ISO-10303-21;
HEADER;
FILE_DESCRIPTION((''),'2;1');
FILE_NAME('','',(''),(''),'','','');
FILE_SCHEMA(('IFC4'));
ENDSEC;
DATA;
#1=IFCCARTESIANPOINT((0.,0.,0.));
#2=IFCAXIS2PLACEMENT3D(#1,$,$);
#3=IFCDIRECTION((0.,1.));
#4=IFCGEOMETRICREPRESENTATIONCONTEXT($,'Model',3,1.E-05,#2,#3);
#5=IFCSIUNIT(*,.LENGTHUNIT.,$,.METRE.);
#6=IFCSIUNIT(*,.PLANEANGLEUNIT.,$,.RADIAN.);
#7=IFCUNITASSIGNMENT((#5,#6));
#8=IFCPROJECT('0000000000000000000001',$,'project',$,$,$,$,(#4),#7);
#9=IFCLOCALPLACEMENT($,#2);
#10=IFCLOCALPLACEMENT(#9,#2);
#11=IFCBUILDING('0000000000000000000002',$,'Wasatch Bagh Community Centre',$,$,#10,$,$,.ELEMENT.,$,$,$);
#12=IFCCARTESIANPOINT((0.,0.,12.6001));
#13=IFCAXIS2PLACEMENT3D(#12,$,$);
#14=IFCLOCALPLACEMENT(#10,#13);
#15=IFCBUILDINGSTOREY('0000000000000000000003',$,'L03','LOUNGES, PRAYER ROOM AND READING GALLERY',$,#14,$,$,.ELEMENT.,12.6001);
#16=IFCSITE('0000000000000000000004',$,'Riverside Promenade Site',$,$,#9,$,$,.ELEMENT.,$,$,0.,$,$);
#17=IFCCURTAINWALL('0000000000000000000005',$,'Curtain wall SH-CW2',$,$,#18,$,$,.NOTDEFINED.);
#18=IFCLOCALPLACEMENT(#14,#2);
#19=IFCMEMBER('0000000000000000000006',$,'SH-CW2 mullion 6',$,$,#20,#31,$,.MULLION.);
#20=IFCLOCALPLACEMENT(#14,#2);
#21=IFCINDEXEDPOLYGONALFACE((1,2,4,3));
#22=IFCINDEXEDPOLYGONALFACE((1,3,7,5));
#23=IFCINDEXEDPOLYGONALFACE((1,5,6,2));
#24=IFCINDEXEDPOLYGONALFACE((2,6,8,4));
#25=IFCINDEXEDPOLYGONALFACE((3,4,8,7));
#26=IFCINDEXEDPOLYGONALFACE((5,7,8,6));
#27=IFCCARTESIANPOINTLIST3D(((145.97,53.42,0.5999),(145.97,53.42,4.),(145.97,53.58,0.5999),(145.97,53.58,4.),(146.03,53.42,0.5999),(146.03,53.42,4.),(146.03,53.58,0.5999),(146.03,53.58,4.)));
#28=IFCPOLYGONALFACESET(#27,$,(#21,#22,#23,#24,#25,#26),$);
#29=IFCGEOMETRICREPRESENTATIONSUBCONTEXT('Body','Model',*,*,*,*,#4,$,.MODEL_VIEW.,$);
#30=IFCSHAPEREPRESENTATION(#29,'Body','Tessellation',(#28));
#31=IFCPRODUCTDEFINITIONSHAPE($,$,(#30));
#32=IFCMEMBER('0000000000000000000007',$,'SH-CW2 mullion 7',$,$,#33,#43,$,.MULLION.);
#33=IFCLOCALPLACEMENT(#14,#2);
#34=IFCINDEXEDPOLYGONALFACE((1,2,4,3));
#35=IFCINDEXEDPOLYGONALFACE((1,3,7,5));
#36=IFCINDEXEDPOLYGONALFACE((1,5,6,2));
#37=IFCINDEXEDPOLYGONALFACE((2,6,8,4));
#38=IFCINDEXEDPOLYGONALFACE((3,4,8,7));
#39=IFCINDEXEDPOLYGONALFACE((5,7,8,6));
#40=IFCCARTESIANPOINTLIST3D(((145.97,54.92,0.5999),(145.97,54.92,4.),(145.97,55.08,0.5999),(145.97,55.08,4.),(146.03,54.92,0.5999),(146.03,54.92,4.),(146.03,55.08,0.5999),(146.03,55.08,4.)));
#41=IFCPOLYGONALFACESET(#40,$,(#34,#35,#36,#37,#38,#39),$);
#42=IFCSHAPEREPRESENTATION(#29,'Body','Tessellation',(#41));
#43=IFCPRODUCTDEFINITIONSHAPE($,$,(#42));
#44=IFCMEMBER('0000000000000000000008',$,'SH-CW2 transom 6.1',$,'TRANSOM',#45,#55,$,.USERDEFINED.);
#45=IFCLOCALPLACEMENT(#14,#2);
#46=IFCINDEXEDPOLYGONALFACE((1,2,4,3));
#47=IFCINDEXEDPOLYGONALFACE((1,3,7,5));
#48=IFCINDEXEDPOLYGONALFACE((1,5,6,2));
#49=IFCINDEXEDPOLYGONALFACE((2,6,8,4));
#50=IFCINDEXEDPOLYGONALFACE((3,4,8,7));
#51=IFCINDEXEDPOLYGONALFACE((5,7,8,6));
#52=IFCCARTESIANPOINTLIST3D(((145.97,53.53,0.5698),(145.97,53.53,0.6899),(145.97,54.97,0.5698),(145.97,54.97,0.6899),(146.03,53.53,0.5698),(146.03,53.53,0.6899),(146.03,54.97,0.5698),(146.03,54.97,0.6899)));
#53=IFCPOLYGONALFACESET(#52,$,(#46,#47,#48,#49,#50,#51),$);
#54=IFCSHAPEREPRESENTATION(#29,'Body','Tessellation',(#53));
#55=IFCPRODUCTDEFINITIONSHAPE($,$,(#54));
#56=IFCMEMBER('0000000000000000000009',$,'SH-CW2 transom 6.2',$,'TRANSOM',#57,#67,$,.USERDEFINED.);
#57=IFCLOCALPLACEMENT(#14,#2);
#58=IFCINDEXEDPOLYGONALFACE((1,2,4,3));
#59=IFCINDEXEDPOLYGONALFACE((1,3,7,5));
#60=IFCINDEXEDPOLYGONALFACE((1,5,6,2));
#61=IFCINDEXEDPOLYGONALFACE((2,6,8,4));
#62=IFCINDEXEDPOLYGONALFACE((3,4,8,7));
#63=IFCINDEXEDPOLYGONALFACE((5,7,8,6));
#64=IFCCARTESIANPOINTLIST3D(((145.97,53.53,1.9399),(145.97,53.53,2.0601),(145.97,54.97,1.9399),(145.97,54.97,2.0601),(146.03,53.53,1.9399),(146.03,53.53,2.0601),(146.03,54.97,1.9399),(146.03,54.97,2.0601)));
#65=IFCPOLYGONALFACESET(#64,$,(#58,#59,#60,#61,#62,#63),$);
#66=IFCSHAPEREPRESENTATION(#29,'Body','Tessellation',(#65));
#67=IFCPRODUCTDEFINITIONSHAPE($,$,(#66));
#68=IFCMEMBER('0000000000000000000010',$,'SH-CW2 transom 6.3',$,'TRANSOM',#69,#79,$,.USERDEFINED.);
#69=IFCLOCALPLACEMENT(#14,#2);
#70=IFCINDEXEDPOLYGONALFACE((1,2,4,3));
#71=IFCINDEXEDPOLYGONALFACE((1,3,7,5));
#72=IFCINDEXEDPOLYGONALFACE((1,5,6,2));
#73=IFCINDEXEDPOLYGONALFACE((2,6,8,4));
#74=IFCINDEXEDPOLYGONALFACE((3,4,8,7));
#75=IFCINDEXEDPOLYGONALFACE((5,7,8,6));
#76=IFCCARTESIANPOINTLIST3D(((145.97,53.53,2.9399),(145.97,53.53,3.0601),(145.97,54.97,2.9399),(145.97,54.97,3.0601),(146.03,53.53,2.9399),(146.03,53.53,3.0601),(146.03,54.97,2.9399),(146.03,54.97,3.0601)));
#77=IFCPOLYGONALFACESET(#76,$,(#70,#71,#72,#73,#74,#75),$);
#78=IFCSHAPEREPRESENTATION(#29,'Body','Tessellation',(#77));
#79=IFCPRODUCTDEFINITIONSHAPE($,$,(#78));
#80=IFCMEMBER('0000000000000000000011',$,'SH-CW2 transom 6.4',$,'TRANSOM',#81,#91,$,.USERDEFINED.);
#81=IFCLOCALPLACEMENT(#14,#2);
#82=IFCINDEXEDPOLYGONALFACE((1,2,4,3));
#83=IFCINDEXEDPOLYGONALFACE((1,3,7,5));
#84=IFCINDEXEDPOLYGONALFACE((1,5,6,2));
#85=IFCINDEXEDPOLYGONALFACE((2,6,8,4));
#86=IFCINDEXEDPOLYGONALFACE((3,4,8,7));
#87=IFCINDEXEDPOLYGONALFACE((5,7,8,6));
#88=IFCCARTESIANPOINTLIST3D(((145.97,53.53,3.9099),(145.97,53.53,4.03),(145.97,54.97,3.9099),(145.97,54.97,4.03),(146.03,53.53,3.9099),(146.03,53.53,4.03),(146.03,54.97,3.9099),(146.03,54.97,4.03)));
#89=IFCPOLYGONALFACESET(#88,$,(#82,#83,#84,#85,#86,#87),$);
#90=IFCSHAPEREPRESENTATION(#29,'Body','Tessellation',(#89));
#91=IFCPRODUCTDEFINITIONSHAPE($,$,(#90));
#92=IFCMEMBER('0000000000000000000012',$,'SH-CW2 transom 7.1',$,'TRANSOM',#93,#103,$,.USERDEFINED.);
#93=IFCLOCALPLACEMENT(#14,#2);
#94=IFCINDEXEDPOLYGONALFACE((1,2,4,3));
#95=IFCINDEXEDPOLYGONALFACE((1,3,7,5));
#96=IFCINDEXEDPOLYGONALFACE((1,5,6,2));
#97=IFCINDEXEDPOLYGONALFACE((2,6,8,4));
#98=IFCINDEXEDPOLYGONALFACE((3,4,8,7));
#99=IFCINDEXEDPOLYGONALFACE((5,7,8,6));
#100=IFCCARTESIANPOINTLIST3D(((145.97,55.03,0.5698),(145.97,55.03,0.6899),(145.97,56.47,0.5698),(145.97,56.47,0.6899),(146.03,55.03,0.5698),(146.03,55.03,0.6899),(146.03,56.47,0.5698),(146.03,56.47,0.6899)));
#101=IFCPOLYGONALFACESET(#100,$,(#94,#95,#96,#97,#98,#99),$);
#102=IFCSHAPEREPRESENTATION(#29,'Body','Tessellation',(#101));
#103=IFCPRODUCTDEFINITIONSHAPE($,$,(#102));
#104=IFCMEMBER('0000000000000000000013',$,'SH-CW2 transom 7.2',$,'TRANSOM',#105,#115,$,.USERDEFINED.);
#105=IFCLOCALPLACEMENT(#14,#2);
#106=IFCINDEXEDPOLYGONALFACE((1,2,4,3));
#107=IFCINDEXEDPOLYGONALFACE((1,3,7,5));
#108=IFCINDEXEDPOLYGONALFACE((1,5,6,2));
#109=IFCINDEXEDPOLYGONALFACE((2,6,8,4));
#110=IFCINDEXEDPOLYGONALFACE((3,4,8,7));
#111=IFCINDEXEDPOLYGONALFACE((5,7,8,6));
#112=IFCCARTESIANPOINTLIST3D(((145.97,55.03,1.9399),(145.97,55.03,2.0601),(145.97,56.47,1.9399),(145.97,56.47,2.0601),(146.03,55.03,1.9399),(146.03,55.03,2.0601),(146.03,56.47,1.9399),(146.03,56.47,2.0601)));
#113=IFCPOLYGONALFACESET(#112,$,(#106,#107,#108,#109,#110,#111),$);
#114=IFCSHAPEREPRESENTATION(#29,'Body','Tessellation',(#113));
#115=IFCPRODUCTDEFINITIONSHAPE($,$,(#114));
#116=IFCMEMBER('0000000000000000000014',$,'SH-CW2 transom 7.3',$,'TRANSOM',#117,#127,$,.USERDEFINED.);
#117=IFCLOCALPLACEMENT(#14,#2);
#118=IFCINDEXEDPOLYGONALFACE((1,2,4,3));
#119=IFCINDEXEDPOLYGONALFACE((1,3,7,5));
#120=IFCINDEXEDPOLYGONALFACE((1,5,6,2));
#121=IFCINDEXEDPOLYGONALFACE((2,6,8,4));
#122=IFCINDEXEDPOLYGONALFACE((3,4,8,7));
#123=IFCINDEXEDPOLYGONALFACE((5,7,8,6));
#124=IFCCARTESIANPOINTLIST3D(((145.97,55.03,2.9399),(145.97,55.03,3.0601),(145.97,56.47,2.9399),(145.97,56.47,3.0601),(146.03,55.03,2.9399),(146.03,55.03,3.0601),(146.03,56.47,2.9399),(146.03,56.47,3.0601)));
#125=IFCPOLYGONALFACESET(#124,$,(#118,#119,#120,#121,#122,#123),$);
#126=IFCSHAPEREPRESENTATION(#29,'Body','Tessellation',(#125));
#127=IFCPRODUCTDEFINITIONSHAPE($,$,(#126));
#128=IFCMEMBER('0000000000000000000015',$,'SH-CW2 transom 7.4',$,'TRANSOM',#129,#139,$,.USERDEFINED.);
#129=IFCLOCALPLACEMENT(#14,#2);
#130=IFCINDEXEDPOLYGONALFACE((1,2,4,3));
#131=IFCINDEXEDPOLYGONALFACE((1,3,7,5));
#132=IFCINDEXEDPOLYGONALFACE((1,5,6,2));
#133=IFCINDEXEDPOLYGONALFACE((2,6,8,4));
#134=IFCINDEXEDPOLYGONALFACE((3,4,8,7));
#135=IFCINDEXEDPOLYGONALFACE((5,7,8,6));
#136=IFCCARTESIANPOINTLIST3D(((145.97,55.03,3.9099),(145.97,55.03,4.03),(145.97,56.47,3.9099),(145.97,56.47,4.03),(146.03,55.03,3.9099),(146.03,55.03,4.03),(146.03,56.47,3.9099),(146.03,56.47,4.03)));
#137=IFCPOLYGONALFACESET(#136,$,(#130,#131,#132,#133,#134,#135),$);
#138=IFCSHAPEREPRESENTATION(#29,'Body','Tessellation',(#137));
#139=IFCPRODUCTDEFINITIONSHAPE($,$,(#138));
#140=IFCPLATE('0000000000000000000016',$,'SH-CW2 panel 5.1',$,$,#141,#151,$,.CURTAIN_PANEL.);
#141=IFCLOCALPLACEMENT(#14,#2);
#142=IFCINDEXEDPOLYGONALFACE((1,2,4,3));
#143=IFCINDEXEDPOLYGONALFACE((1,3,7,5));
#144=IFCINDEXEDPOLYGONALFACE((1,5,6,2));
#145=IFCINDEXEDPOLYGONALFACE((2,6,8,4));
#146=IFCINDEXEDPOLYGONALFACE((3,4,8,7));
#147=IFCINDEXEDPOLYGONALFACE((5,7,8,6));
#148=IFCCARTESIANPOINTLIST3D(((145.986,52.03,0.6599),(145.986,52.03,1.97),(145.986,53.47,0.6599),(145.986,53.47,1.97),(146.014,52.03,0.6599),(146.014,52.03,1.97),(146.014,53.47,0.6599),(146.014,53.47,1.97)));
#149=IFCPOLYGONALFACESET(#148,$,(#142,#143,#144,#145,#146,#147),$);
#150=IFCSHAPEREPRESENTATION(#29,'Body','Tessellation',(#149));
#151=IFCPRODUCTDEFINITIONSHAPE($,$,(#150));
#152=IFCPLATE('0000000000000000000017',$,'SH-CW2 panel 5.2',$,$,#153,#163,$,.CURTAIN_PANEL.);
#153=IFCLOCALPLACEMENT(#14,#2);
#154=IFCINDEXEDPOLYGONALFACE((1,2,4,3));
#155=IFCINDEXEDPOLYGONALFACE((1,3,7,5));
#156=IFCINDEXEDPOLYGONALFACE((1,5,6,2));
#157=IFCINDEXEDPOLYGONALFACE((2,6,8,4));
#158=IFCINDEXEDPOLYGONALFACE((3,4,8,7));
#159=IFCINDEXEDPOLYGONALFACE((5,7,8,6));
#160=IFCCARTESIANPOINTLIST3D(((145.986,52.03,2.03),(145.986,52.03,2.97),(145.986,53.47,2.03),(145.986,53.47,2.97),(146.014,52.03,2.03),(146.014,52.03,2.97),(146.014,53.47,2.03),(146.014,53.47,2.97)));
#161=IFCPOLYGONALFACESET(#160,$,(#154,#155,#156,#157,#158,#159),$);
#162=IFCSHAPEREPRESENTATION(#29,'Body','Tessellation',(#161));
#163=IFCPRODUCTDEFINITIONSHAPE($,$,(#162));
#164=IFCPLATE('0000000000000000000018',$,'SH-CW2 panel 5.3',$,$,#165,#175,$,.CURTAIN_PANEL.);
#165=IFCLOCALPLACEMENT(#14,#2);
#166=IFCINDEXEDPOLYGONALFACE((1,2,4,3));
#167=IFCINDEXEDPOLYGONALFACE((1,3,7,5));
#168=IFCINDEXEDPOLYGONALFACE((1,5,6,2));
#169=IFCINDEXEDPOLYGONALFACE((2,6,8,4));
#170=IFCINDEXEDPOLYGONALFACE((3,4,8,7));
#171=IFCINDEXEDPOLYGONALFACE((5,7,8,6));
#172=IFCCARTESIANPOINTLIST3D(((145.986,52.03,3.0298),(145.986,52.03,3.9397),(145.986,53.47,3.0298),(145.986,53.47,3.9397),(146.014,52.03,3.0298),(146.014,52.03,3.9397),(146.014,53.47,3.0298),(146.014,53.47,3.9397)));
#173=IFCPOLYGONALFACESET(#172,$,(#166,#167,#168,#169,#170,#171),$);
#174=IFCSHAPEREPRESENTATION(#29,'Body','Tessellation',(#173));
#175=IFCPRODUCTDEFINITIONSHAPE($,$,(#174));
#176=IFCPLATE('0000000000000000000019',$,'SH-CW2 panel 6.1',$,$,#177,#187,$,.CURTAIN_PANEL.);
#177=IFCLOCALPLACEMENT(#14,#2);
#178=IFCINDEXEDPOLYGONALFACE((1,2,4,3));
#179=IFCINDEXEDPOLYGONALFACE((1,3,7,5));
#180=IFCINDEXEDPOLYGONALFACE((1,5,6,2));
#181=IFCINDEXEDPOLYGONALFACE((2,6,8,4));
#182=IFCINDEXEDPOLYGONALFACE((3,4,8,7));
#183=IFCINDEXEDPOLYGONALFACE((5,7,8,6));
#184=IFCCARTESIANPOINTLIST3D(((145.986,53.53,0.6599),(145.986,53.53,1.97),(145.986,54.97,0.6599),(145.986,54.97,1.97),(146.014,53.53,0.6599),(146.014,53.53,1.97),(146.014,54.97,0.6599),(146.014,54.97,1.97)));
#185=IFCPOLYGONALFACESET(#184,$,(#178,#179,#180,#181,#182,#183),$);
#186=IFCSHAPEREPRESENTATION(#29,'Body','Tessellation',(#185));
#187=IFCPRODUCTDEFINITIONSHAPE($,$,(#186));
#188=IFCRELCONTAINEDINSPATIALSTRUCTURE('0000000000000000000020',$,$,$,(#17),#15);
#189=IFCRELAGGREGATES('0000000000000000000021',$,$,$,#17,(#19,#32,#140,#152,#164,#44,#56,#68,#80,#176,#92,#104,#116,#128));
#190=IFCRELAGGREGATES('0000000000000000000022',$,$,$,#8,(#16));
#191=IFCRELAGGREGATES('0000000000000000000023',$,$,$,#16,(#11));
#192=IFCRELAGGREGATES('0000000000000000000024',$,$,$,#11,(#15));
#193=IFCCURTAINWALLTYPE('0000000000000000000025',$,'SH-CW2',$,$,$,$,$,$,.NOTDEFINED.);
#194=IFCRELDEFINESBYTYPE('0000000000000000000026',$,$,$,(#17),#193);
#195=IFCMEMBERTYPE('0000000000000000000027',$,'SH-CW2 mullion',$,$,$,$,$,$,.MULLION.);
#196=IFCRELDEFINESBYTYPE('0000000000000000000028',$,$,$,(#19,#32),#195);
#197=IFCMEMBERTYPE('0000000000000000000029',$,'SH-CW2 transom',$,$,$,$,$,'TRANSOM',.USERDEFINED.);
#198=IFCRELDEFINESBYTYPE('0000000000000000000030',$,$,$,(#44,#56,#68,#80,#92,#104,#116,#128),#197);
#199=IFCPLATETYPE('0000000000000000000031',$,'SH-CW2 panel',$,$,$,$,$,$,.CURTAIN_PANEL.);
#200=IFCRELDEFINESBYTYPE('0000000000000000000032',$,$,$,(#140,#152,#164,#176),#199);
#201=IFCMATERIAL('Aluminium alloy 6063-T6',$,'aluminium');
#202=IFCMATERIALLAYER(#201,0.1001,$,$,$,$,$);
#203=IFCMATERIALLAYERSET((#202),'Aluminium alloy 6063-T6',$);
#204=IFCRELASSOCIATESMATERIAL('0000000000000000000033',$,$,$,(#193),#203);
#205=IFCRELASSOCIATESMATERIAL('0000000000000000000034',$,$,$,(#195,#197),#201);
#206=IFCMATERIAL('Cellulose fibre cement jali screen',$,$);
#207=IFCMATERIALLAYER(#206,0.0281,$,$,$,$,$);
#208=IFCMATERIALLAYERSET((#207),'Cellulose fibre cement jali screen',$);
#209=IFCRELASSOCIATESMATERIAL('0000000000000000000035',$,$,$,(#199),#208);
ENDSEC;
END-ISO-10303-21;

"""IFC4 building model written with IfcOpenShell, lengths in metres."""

from ifc_helpers import new_model, si_unit, direction, frame, origin, origin_2d, place, context, subcontext, project, spatial, rectangle, extrude, material, layer, layer_set, material_profile, profile_set, type_object, element, aggregate, save


model = new_model("IFC4")

# Units and contexts
model_context = context("Model", 3, precision=1e-05, world=origin(), true_north=direction((0.0, 1.0)))
body_context = subcontext(model_context, "Body", "Model", "MODEL_VIEW")
ifc_project = project(units=[si_unit("LENGTHUNIT", "METRE"), si_unit("PLANEANGLEUNIT", "RADIAN")], contexts=[model_context])

# Site, building, storey
site_placement = place(None, origin())
site = spatial("IfcSite", under=ifc_project, at=site_placement, Name="Riverside Promenade Site", CompositionType="ELEMENT", RefElevation=0.0)
building_placement = place(site_placement, origin())
building = spatial("IfcBuilding", under=site, at=building_placement, Name="Wasatch Bagh Community Centre", CompositionType="ELEMENT")
storey_placement = place(building_placement, frame((0.0, 0.0, 12.6001)))
storey = spatial("IfcBuildingStorey", under=building, at=storey_placement, Name="L03", Description="LOUNGES, PRAYER ROOM AND READING GALLERY", CompositionType="ELEMENT", Elevation=12.6001)

# Curtain wall, members, plates
ifc_material_1 = material(Name="Aluminium alloy 6063-T6", Category="aluminium")
ifc_layer_1 = layer(ifc_material_1, 0.1001)
ifc_layer_set_1 = layer_set([ifc_layer_1], Name="Aluminium alloy 6063-T6")
curtain_wall_type = type_object("IfcCurtainWallType", Name="SH-CW2", PredefinedType="NOTDEFINED", material=ifc_layer_set_1)
curtain_wall_placement = place(storey_placement, origin())
curtain_wall = element("IfcCurtainWall", 1, at=curtain_wall_placement, inside=storey, type_object=curtain_wall_type, Name="Curtain wall SH-CW2", PredefinedType="NOTDEFINED")
ifc_material_profile_1 = material_profile(ifc_material_1, rectangle(XDim=0.0601, YDim=0.1599, at=origin_2d()), Name="AL 60x160")
ifc_profile_set_1 = profile_set([ifc_material_profile_1], Name="Aluminium alloy 6063-T6")
member_type_1 = type_object("IfcMemberType", Name="SH-CW2 mullion", PredefinedType="MULLION", material=ifc_profile_set_1)
member_1_placement = place(storey_placement, frame((146.0, 53.5, 0.5999), z_axis=(0.0, 0.0, 1.0), x_axis=(-1.0, 0.0, 0.0)))
member_1 = element("IfcMember", 2, at=member_1_placement, type_object=member_type_1, Name="SH-CW2 mullion 6", PredefinedType="MULLION", context=body_context, shape_type="SweptSolid", body=[
    extrude(rectangle(XDim=0.0601, YDim=0.1599, at=origin_2d()), origin(), (0.0, 0.0, 1.0), 3.4001),
])
member_2_placement = place(storey_placement, frame((146.0, 55.0, 0.5999), z_axis=(0.0, 0.0, 1.0), x_axis=(-1.0, 0.0, 0.0)))
member_2 = element("IfcMember", 3, at=member_2_placement, type_object=member_type_1, Name="SH-CW2 mullion 7", PredefinedType="MULLION", context=body_context, shape_type="SweptSolid", body=[
    extrude(rectangle(XDim=0.0601, YDim=0.1599, at=origin_2d()), origin(), (0.0, 0.0, 1.0), 3.4001),
])
ifc_material_profile_2 = material_profile(ifc_material_1, rectangle(XDim=0.0601, YDim=0.1201, at=origin_2d()), Name="AL 60x120")
ifc_profile_set_2 = profile_set([ifc_material_profile_2], Name="Aluminium alloy 6063-T6")
member_type_2 = type_object("IfcMemberType", Name="SH-CW2 transom", ElementType="TRANSOM", PredefinedType="USERDEFINED", material=ifc_profile_set_2)
member_3_placement = place(storey_placement, frame((146.0, 53.53, 0.6299), z_axis=(0.0, 1.0, 0.0), x_axis=(-1.0, 0.0, 0.0)))
member_3 = element("IfcMember", 4, at=member_3_placement, type_object=member_type_2, Name="SH-CW2 transom 6.1", ObjectType="TRANSOM", PredefinedType="USERDEFINED", context=body_context, shape_type="SweptSolid", body=[
    extrude(rectangle(XDim=0.0601, YDim=0.1201, at=origin_2d()), origin(), (0.0, 0.0, 1.0), 1.4399),
])
member_4_placement = place(storey_placement, frame((146.0, 53.53, 2.0), z_axis=(0.0, 1.0, 0.0), x_axis=(-1.0, 0.0, 0.0)))
member_4 = element("IfcMember", 5, at=member_4_placement, type_object=member_type_2, Name="SH-CW2 transom 6.2", ObjectType="TRANSOM", PredefinedType="USERDEFINED", context=body_context, shape_type="SweptSolid", body=[
    extrude(rectangle(XDim=0.0601, YDim=0.1201, at=origin_2d()), origin(), (0.0, 0.0, 1.0), 1.4399),
])
member_5_placement = place(storey_placement, frame((146.0, 53.53, 3.0), z_axis=(0.0, 1.0, 0.0), x_axis=(-1.0, 0.0, 0.0)))
member_5 = element("IfcMember", 6, at=member_5_placement, type_object=member_type_2, Name="SH-CW2 transom 6.3", ObjectType="TRANSOM", PredefinedType="USERDEFINED", context=body_context, shape_type="SweptSolid", body=[
    extrude(rectangle(XDim=0.0601, YDim=0.1201, at=origin_2d()), origin(), (0.0, 0.0, 1.0), 1.4399),
])
member_6_placement = place(storey_placement, frame((146.0, 53.53, 3.97), z_axis=(0.0, 1.0, 0.0), x_axis=(-1.0, 0.0, 0.0)))
member_6 = element("IfcMember", 7, at=member_6_placement, type_object=member_type_2, Name="SH-CW2 transom 6.4", ObjectType="TRANSOM", PredefinedType="USERDEFINED", context=body_context, shape_type="SweptSolid", body=[
    extrude(rectangle(XDim=0.0601, YDim=0.1201, at=origin_2d()), origin(), (0.0, 0.0, 1.0), 1.4399),
])
member_7_placement = place(storey_placement, frame((146.0, 55.03, 0.6299), z_axis=(0.0, 1.0, 0.0), x_axis=(-1.0, 0.0, 0.0)))
member_7 = element("IfcMember", 8, at=member_7_placement, type_object=member_type_2, Name="SH-CW2 transom 7.1", ObjectType="TRANSOM", PredefinedType="USERDEFINED", context=body_context, shape_type="SweptSolid", body=[
    extrude(rectangle(XDim=0.0601, YDim=0.1201, at=origin_2d()), origin(), (0.0, 0.0, 1.0), 1.4399),
])
member_8_placement = place(storey_placement, frame((146.0, 55.03, 2.0), z_axis=(0.0, 1.0, 0.0), x_axis=(-1.0, 0.0, 0.0)))
member_8 = element("IfcMember", 9, at=member_8_placement, type_object=member_type_2, Name="SH-CW2 transom 7.2", ObjectType="TRANSOM", PredefinedType="USERDEFINED", context=body_context, shape_type="SweptSolid", body=[
    extrude(rectangle(XDim=0.0601, YDim=0.1201, at=origin_2d()), origin(), (0.0, 0.0, 1.0), 1.4399),
])
member_9_placement = place(storey_placement, frame((146.0, 55.03, 3.0), z_axis=(0.0, 1.0, 0.0), x_axis=(-1.0, 0.0, 0.0)))
member_9 = element("IfcMember", 10, at=member_9_placement, type_object=member_type_2, Name="SH-CW2 transom 7.3", ObjectType="TRANSOM", PredefinedType="USERDEFINED", context=body_context, shape_type="SweptSolid", body=[
    extrude(rectangle(XDim=0.0601, YDim=0.1201, at=origin_2d()), origin(), (0.0, 0.0, 1.0), 1.4399),
])
member_10_placement = place(storey_placement, frame((146.0, 55.03, 3.97), z_axis=(0.0, 1.0, 0.0), x_axis=(-1.0, 0.0, 0.0)))
member_10 = element("IfcMember", 11, at=member_10_placement, type_object=member_type_2, Name="SH-CW2 transom 7.4", ObjectType="TRANSOM", PredefinedType="USERDEFINED", context=body_context, shape_type="SweptSolid", body=[
    extrude(rectangle(XDim=0.0601, YDim=0.1201, at=origin_2d()), origin(), (0.0, 0.0, 1.0), 1.4399),
])
ifc_material_2 = material(Name="Cellulose fibre cement jali screen")
ifc_layer_2 = layer(ifc_material_2, 0.0281)
ifc_layer_set_2 = layer_set([ifc_layer_2], Name="Cellulose fibre cement jali screen")
plate_type = type_object("IfcPlateType", Name="SH-CW2 panel", PredefinedType="CURTAIN_PANEL", material=ifc_layer_set_2)
plate_1_placement = place(storey_placement, frame((146.0, 52.75, 0.6599), z_axis=(0.0, 0.0, 1.0), x_axis=(0.0, 1.0, 0.0)))
plate_1 = element("IfcPlate", 12, at=plate_1_placement, type_object=plate_type, Name="SH-CW2 panel 5.1", PredefinedType="CURTAIN_PANEL", context=body_context, shape_type="SweptSolid", body=[
    extrude(rectangle(XDim=1.4399, YDim=0.0281, at=origin_2d()), origin(), (0.0, 0.0, 1.0), 1.3101),
])
plate_2_placement = place(storey_placement, frame((146.0, 52.75, 2.03), z_axis=(0.0, 0.0, 1.0), x_axis=(0.0, 1.0, 0.0)))
plate_2 = element("IfcPlate", 13, at=plate_2_placement, type_object=plate_type, Name="SH-CW2 panel 5.2", PredefinedType="CURTAIN_PANEL", context=body_context, shape_type="SweptSolid", body=[
    extrude(rectangle(XDim=1.4399, YDim=0.0281, at=origin_2d()), origin(), (0.0, 0.0, 1.0), 0.9399),
])
plate_3_placement = place(storey_placement, frame((146.0, 52.75, 3.0298), z_axis=(0.0, 0.0, 1.0), x_axis=(0.0, 1.0, 0.0)))
plate_3 = element("IfcPlate", 14, at=plate_3_placement, type_object=plate_type, Name="SH-CW2 panel 5.3", PredefinedType="CURTAIN_PANEL", context=body_context, shape_type="SweptSolid", body=[
    extrude(rectangle(XDim=1.4399, YDim=0.0281, at=origin_2d()), origin(), (0.0, 0.0, 1.0), 0.9099),
])
plate_4_placement = place(storey_placement, frame((146.0, 54.25, 0.6599), z_axis=(0.0, 0.0, 1.0), x_axis=(0.0, 1.0, 0.0)))
plate_4 = element("IfcPlate", 15, at=plate_4_placement, type_object=plate_type, Name="SH-CW2 panel 6.1", PredefinedType="CURTAIN_PANEL", context=body_context, shape_type="SweptSolid", body=[
    extrude(rectangle(XDim=1.4399, YDim=0.0281, at=origin_2d()), origin(), (0.0, 0.0, 1.0), 1.3101),
])
aggregate(curtain_wall, [member_1, member_2, plate_1, plate_2, plate_3, member_3, member_4, member_5, member_6, plate_4, member_7, member_8, member_9, member_10])

save(model, "model.ifc")
